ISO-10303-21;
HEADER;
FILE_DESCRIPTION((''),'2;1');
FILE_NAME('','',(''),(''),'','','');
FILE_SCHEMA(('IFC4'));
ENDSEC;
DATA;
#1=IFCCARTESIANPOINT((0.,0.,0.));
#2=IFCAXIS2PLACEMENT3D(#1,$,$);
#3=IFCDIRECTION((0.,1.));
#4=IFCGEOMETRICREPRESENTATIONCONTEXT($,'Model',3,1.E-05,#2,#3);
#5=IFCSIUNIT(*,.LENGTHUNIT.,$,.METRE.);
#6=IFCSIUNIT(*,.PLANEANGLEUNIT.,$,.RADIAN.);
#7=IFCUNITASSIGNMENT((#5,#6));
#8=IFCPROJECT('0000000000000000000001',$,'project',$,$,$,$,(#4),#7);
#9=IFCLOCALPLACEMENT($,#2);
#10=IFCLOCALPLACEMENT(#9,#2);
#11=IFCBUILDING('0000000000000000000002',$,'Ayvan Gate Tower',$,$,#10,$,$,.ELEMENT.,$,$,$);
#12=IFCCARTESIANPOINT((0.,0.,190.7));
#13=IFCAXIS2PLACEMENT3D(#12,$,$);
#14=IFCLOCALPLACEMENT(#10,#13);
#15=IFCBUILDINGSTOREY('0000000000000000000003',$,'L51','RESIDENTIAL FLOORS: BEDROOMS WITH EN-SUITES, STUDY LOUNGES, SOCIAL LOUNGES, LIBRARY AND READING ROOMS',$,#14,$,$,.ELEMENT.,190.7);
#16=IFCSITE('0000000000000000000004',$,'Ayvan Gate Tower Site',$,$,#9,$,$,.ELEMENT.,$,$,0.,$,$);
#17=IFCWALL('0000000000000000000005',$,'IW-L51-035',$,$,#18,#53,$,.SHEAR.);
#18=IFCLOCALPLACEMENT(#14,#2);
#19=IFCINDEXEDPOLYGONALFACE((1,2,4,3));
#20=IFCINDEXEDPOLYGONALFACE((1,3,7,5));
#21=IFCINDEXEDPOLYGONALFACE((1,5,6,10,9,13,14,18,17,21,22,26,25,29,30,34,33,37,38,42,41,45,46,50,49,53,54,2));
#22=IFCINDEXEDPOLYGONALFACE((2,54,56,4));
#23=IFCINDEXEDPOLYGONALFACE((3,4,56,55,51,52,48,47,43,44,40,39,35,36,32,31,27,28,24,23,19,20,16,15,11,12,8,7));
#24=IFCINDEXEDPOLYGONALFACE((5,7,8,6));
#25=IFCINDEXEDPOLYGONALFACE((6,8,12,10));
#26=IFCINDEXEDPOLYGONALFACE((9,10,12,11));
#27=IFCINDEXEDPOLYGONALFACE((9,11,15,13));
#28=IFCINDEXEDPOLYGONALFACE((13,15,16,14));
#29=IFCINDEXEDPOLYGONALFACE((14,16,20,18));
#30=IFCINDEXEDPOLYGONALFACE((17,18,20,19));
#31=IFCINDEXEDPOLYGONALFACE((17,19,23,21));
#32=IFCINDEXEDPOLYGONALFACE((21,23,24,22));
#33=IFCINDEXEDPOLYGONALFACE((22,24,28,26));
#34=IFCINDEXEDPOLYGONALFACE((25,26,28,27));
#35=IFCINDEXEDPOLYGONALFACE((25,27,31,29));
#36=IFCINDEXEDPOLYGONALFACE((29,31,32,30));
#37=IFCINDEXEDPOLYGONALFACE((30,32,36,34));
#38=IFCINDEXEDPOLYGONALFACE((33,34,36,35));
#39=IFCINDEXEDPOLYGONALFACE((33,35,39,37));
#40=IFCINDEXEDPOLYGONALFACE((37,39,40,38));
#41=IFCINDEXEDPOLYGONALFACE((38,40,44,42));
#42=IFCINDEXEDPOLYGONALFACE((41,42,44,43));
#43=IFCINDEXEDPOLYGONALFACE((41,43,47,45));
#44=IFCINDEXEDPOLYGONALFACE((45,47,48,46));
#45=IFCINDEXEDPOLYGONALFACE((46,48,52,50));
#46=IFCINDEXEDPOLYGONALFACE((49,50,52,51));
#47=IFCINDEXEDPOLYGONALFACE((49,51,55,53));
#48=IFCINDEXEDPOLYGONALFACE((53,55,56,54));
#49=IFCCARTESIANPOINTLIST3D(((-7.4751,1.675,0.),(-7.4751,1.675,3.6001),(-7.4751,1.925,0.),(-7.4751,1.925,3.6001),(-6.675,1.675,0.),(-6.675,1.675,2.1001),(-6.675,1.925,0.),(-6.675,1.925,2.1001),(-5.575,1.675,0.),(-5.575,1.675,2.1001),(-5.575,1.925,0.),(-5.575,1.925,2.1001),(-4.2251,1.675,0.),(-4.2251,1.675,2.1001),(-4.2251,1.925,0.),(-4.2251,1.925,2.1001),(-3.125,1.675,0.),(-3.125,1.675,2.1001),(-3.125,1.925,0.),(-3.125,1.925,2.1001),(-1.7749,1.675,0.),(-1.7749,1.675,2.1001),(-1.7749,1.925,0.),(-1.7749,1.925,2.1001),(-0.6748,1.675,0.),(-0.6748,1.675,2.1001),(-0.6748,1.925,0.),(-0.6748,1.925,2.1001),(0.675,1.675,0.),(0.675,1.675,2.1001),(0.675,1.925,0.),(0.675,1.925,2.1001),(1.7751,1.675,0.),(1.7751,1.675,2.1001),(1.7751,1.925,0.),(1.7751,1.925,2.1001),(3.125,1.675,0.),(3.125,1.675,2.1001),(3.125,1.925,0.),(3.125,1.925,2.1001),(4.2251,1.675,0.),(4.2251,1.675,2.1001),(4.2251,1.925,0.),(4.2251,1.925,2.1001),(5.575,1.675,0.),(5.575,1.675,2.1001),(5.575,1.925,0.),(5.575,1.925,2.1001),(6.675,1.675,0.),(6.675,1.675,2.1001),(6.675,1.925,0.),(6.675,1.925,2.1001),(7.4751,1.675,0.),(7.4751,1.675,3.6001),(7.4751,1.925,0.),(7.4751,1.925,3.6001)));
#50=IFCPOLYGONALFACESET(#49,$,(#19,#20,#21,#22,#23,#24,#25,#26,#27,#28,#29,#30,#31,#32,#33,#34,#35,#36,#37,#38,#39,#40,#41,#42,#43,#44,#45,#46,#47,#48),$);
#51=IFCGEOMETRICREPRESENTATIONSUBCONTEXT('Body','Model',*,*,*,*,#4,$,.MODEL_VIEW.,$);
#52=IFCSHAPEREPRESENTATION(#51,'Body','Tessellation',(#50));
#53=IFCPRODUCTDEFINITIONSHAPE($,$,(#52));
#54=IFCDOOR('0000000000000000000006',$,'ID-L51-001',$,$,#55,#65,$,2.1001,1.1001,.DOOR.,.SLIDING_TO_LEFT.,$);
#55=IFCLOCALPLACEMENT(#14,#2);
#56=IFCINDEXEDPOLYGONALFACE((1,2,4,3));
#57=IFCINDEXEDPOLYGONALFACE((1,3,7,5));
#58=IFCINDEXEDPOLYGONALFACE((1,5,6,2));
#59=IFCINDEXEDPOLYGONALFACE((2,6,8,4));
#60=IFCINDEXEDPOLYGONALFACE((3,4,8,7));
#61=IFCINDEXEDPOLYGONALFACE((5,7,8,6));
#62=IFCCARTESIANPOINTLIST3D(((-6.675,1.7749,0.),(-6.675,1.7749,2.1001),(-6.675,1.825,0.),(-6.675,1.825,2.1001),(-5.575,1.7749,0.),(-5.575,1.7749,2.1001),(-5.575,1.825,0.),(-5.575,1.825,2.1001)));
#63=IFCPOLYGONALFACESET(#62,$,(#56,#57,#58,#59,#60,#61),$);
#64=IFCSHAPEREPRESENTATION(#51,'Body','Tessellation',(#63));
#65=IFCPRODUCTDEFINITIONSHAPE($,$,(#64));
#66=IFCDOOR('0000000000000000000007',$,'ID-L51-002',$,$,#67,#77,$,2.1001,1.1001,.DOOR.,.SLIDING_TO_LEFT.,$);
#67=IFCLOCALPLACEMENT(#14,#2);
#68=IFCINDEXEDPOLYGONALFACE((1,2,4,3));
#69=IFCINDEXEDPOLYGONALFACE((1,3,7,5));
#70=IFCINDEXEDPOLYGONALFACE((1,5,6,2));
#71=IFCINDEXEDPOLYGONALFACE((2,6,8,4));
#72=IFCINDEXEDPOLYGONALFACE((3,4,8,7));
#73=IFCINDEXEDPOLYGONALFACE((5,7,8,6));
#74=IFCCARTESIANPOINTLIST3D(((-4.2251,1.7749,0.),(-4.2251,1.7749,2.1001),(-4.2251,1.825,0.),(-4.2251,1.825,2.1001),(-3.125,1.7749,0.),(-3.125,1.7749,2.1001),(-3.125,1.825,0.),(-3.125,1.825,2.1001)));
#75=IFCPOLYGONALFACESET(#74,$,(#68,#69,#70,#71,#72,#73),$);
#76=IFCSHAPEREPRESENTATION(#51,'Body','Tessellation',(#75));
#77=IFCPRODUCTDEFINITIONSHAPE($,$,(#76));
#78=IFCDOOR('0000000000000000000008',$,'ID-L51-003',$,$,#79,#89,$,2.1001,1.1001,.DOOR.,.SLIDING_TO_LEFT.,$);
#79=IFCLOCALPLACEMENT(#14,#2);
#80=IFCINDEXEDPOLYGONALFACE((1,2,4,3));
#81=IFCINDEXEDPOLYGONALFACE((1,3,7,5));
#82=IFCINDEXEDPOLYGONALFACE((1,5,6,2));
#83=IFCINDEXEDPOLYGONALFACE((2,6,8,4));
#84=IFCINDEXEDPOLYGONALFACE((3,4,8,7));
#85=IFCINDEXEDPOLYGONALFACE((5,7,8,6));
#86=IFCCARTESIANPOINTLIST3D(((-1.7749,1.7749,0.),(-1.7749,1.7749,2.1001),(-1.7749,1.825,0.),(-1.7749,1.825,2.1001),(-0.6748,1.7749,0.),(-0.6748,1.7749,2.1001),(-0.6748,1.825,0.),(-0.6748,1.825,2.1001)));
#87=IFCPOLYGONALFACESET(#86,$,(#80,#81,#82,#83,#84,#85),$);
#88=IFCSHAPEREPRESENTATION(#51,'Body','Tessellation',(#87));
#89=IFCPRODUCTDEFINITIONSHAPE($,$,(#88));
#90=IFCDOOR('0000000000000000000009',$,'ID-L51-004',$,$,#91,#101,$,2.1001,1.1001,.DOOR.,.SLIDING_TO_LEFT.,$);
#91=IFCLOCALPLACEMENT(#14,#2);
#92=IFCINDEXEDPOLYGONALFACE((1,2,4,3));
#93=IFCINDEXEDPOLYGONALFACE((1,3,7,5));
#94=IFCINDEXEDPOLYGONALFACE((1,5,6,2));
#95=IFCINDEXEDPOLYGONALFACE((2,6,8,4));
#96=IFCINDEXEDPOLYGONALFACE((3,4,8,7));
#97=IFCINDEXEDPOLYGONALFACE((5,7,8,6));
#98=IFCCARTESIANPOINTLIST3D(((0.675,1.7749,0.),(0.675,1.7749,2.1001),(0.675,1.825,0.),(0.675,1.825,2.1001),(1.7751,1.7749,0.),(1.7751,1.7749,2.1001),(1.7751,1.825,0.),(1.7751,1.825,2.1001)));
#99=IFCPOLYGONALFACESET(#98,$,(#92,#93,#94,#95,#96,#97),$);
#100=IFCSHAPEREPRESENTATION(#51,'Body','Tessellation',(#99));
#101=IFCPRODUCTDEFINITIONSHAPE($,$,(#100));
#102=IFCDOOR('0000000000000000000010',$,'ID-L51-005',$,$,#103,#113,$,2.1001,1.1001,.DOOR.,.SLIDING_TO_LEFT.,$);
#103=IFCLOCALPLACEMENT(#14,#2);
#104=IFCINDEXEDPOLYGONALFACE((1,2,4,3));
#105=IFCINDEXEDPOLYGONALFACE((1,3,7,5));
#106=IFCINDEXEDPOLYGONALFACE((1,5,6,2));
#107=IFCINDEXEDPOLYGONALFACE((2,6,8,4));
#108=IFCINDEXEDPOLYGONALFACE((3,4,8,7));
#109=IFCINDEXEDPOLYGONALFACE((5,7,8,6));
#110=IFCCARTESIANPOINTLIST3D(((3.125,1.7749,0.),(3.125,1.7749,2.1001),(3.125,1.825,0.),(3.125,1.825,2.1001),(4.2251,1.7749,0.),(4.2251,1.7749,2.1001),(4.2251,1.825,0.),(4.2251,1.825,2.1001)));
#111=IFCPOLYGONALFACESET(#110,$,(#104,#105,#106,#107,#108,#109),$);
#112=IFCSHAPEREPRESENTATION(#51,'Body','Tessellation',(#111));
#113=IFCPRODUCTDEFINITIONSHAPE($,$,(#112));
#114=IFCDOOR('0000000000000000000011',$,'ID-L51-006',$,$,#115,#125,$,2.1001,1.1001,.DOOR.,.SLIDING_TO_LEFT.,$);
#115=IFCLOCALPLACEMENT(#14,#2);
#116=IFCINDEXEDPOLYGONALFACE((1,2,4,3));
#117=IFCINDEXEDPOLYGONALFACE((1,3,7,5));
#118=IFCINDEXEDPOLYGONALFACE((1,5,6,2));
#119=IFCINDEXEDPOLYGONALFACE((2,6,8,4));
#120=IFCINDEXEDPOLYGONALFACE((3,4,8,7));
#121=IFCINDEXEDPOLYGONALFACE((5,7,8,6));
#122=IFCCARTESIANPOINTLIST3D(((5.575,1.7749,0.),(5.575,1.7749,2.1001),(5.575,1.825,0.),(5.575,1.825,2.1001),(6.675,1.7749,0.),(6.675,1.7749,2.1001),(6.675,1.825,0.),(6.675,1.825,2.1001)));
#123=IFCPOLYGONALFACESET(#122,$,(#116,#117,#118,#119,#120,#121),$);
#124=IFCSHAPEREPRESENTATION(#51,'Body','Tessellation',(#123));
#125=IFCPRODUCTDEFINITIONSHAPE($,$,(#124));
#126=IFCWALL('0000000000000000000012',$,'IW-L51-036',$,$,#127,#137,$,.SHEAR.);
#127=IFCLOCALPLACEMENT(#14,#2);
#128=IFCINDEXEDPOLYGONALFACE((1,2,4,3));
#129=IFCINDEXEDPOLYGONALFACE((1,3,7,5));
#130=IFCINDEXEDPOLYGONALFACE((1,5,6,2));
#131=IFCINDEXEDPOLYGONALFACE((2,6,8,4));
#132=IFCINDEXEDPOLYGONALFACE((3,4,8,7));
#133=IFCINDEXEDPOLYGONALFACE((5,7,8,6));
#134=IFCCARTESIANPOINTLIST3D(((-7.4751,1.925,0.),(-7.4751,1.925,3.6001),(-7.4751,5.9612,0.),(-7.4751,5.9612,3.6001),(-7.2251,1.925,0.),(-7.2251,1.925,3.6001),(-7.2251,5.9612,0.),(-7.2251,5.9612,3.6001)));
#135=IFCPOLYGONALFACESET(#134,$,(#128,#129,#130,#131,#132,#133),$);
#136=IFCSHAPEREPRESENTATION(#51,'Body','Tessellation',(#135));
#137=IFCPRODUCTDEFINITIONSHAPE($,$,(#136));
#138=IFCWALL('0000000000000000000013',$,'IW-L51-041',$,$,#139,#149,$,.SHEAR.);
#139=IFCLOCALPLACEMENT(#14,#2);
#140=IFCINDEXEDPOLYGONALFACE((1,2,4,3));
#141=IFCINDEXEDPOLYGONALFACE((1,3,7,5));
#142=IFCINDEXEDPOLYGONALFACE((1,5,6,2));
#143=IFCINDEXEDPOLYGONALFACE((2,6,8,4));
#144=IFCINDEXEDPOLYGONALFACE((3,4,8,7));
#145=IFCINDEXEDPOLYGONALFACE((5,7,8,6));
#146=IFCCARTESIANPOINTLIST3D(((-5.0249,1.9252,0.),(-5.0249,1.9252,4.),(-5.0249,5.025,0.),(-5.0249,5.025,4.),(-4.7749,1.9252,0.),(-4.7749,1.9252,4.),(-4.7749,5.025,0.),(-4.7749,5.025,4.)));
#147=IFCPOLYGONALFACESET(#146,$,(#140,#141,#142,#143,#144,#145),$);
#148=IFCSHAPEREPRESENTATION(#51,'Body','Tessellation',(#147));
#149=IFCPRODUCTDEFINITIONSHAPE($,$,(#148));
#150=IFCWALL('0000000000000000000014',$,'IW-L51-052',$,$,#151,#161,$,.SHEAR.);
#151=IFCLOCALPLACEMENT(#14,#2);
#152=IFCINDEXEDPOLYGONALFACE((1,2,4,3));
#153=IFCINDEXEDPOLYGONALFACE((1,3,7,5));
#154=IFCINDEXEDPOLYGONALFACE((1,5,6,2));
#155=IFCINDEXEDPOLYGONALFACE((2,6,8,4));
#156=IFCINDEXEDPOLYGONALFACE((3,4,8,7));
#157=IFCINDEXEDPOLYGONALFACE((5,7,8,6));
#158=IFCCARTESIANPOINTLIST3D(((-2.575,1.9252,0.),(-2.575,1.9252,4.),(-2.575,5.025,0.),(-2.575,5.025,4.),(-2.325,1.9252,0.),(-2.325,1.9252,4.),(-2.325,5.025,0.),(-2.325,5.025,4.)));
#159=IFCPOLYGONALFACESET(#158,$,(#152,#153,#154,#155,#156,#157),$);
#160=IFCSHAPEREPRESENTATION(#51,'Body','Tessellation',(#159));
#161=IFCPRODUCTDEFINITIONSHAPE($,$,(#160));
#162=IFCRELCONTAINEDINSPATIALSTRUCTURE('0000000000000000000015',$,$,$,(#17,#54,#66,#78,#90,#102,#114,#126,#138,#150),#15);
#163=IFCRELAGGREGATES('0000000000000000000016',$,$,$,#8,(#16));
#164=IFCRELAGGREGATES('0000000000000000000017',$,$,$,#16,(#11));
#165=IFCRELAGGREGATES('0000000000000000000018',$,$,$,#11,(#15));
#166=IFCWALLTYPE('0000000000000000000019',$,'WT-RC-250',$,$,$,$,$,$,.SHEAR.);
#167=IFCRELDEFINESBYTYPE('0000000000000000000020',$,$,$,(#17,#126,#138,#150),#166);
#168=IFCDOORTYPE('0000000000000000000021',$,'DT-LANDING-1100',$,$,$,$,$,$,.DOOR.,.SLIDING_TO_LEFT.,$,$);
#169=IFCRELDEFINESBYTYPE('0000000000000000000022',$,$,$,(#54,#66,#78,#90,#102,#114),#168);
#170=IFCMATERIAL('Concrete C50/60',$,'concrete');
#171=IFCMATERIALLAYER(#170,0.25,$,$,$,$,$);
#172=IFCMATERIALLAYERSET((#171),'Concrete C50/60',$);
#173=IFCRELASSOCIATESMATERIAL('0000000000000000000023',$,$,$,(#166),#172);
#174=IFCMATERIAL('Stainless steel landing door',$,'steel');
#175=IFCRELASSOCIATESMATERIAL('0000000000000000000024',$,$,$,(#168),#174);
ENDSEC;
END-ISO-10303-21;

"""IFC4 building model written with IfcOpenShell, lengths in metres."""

from ifc_helpers import new_model, si_unit, direction, frame, frame_2d, origin, place, context, subcontext, project, spatial, rectangle, extrude, material, layer, layer_set, type_object, element, fill, save


model = new_model("IFC4")

# Units and contexts
model_context = context("Model", 3, precision=1e-05, world=origin(), true_north=direction((0.0, 1.0)))
body_context = subcontext(model_context, "Body", "Model", "MODEL_VIEW")
ifc_project = project(units=[si_unit("LENGTHUNIT", "METRE"), si_unit("PLANEANGLEUNIT", "RADIAN")], contexts=[model_context])

# Site, building, storey
site_placement = place(None, origin())
site = spatial("IfcSite", under=ifc_project, at=site_placement, Name="Ayvan Gate Tower Site", CompositionType="ELEMENT", RefElevation=0.0)
building_placement = place(site_placement, origin())
building = spatial("IfcBuilding", under=site, at=building_placement, Name="Ayvan Gate Tower", CompositionType="ELEMENT")
storey_placement = place(building_placement, frame((0.0, 0.0, 190.7)))
storey = spatial("IfcBuildingStorey", under=building, at=storey_placement, Name="L51", Description="RESIDENTIAL FLOORS: BEDROOMS WITH EN-SUITES, STUDY LOUNGES, SOCIAL LOUNGES, LIBRARY AND READING ROOMS", CompositionType="ELEMENT", Elevation=190.7)

# Wall, openings, doors
ifc_material_1 = material(Name="Concrete C50/60", Category="concrete")
ifc_layer_1 = layer(ifc_material_1, 0.25)
ifc_layer_set_1 = layer_set([ifc_layer_1], Name="Concrete C50/60")
wall_type_1 = type_object("IfcWallType", Name="WT-RC-250", PredefinedType="SHEAR", material=ifc_layer_set_1)
wall_1_placement = place(storey_placement, frame((-7.4751, 1.8, 0.0), z_axis=(0.0, 0.0, 1.0), x_axis=(1.0, 0.0, 0.0)))
wall_1 = element("IfcWall", 1, at=wall_1_placement, inside=storey, type_object=wall_type_1, Name="IW-L51-035", PredefinedType="SHEAR", context=body_context, shape_type="SweptSolid", body=[
    extrude(rectangle(XDim=14.9502, YDim=0.25, at=frame_2d((7.4751, 0.0))), origin(), (0.0, 0.0, 1.0), 3.6001),
])
opening_1_placement = place(wall_1_placement, frame((0.8, 0.0, 0.0)))
opening_1 = element("IfcOpeningElement", 2, at=opening_1_placement, cuts=wall_1, PredefinedType="OPENING", context=body_context, shape_type="SweptSolid", body=[
    extrude(rectangle(XDim=1.1001, YDim=2.1001, at=frame_2d((0.55, 1.05))), frame((0.0, 0.135, 0.0), z_axis=(0.0, -1.0, 0.0), x_axis=(1.0, 0.0, 0.0)), (0.0, 0.0, 1.0), 0.27),
])
opening_2_placement = place(wall_1_placement, frame((3.25, 0.0, 0.0)))
opening_2 = element("IfcOpeningElement", 3, at=opening_2_placement, cuts=wall_1, PredefinedType="OPENING", context=body_context, shape_type="SweptSolid", body=[
    extrude(rectangle(XDim=1.1001, YDim=2.1001, at=frame_2d((0.55, 1.05))), frame((0.0, 0.135, 0.0), z_axis=(0.0, -1.0, 0.0), x_axis=(1.0, 0.0, 0.0)), (0.0, 0.0, 1.0), 0.27),
])
opening_3_placement = place(wall_1_placement, frame((5.7002, 0.0, 0.0)))
opening_3 = element("IfcOpeningElement", 4, at=opening_3_placement, cuts=wall_1, PredefinedType="OPENING", context=body_context, shape_type="SweptSolid", body=[
    extrude(rectangle(XDim=1.1001, YDim=2.1001, at=frame_2d((0.55, 1.05))), frame((0.0, 0.135, 0.0), z_axis=(0.0, -1.0, 0.0), x_axis=(1.0, 0.0, 0.0)), (0.0, 0.0, 1.0), 0.27),
])
opening_4_placement = place(wall_1_placement, frame((8.1501, 0.0, 0.0)))
opening_4 = element("IfcOpeningElement", 5, at=opening_4_placement, cuts=wall_1, PredefinedType="OPENING", context=body_context, shape_type="SweptSolid", body=[
    extrude(rectangle(XDim=1.1001, YDim=2.1001, at=frame_2d((0.55, 1.05))), frame((0.0, 0.135, 0.0), z_axis=(0.0, -1.0, 0.0), x_axis=(1.0, 0.0, 0.0)), (0.0, 0.0, 1.0), 0.27),
])
opening_5_placement = place(wall_1_placement, frame((10.6001, 0.0, 0.0)))
opening_5 = element("IfcOpeningElement", 6, at=opening_5_placement, cuts=wall_1, PredefinedType="OPENING", context=body_context, shape_type="SweptSolid", body=[
    extrude(rectangle(XDim=1.1001, YDim=2.1001, at=frame_2d((0.55, 1.05))), frame((0.0, 0.135, 0.0), z_axis=(0.0, -1.0, 0.0), x_axis=(1.0, 0.0, 0.0)), (0.0, 0.0, 1.0), 0.27),
])
opening_6_placement = place(wall_1_placement, frame((13.05, 0.0, 0.0)))
opening_6 = element("IfcOpeningElement", 7, at=opening_6_placement, cuts=wall_1, PredefinedType="OPENING", context=body_context, shape_type="SweptSolid", body=[
    extrude(rectangle(XDim=1.1001, YDim=2.1001, at=frame_2d((0.55, 1.05))), frame((0.0, 0.135, 0.0), z_axis=(0.0, -1.0, 0.0), x_axis=(1.0, 0.0, 0.0)), (0.0, 0.0, 1.0), 0.27),
])
ifc_material_2 = material(Name="Stainless steel landing door", Category="steel")
door_type_1 = type_object("IfcDoorType", Name="DT-LANDING-1100", OperationType="SLIDING_TO_LEFT", PredefinedType="DOOR", material=ifc_material_2)
door_1_placement = place(opening_1_placement, origin())
door_1 = element("IfcDoor", 8, at=door_1_placement, inside=storey, type_object=door_type_1, Name="ID-L51-001", OperationType="SLIDING_TO_LEFT", OverallHeight=2.1001, OverallWidth=1.1001, PredefinedType="DOOR", context=body_context, shape_type="SweptSolid", body=[
    extrude(rectangle(XDim=1.1001, YDim=2.1001, at=frame_2d((0.55, 1.05))), frame((0.0, 0.0249, 0.0), z_axis=(0.0, -1.0, 0.0), x_axis=(1.0, 0.0, 0.0)), (0.0, 0.0, 1.0), 0.05),
])
fill(opening_1, door_1)
door_2_placement = place(opening_2_placement, origin())
door_2 = element("IfcDoor", 9, at=door_2_placement, inside=storey, type_object=door_type_1, Name="ID-L51-002", OperationType="SLIDING_TO_LEFT", OverallHeight=2.1001, OverallWidth=1.1001, PredefinedType="DOOR", context=body_context, shape_type="SweptSolid", body=[
    extrude(rectangle(XDim=1.1001, YDim=2.1001, at=frame_2d((0.55, 1.05))), frame((0.0, 0.0249, 0.0), z_axis=(0.0, -1.0, 0.0), x_axis=(1.0, 0.0, 0.0)), (0.0, 0.0, 1.0), 0.05),
])
fill(opening_2, door_2)
door_3_placement = place(opening_3_placement, origin())
door_3 = element("IfcDoor", 10, at=door_3_placement, inside=storey, type_object=door_type_1, Name="ID-L51-003", OperationType="SLIDING_TO_LEFT", OverallHeight=2.1001, OverallWidth=1.1001, PredefinedType="DOOR", context=body_context, shape_type="SweptSolid", body=[
    extrude(rectangle(XDim=1.1001, YDim=2.1001, at=frame_2d((0.55, 1.05))), frame((0.0, 0.0249, 0.0), z_axis=(0.0, -1.0, 0.0), x_axis=(1.0, 0.0, 0.0)), (0.0, 0.0, 1.0), 0.05),
])
fill(opening_3, door_3)
door_4_placement = place(opening_4_placement, origin())
door_4 = element("IfcDoor", 11, at=door_4_placement, inside=storey, type_object=door_type_1, Name="ID-L51-004", OperationType="SLIDING_TO_LEFT", OverallHeight=2.1001, OverallWidth=1.1001, PredefinedType="DOOR", context=body_context, shape_type="SweptSolid", body=[
    extrude(rectangle(XDim=1.1001, YDim=2.1001, at=frame_2d((0.55, 1.05))), frame((0.0, 0.0249, 0.0), z_axis=(0.0, -1.0, 0.0), x_axis=(1.0, 0.0, 0.0)), (0.0, 0.0, 1.0), 0.05),
])
fill(opening_4, door_4)
door_5_placement = place(opening_5_placement, origin())
door_5 = element("IfcDoor", 12, at=door_5_placement, inside=storey, type_object=door_type_1, Name="ID-L51-005", OperationType="SLIDING_TO_LEFT", OverallHeight=2.1001, OverallWidth=1.1001, PredefinedType="DOOR", context=body_context, shape_type="SweptSolid", body=[
    extrude(rectangle(XDim=1.1001, YDim=2.1001, at=frame_2d((0.55, 1.05))), frame((0.0, 0.0249, 0.0), z_axis=(0.0, -1.0, 0.0), x_axis=(1.0, 0.0, 0.0)), (0.0, 0.0, 1.0), 0.05),
])
fill(opening_5, door_5)
door_6_placement = place(opening_6_placement, origin())
door_6 = element("IfcDoor", 13, at=door_6_placement, inside=storey, type_object=door_type_1, Name="ID-L51-006", OperationType="SLIDING_TO_LEFT", OverallHeight=2.1001, OverallWidth=1.1001, PredefinedType="DOOR", context=body_context, shape_type="SweptSolid", body=[
    extrude(rectangle(XDim=1.1001, YDim=2.1001, at=frame_2d((0.55, 1.05))), frame((0.0, 0.0249, 0.0), z_axis=(0.0, -1.0, 0.0), x_axis=(1.0, 0.0, 0.0)), (0.0, 0.0, 1.0), 0.05),
])
fill(opening_6, door_6)

# Walls
wall_2_placement = place(storey_placement, frame((-7.3501, 1.925, 0.0), z_axis=(0.0, 0.0, 1.0), x_axis=(0.0, 1.0, 0.0)))
element("IfcWall", 14, at=wall_2_placement, inside=storey, type_object=wall_type_1, Name="IW-L51-036", PredefinedType="SHEAR", context=body_context, shape_type="SweptSolid", body=[
    extrude(rectangle(XDim=4.0361, YDim=0.25, at=frame_2d((2.0181, 0.0))), origin(), (0.0, 0.0, 1.0), 3.6001),
])
for number, where, z_axis, x_axis, name in (
    (15, (-4.8999, 5.0249, 0.0), (0.0, 0.0, 1.0), (0.0, -1.0, 0.0), "IW-L51-041"),
    (16, (-2.45, 5.0249, 0.0), (0.0, 0.0, 1.0), (0.0, -1.0, 0.0), "IW-L51-052"),
):
    element("IfcWall", number, at=place(storey_placement, frame(where, z_axis=z_axis, x_axis=x_axis)), inside=storey, type_object=wall_type_1, Name=name, PredefinedType="SHEAR", context=body_context, shape_type="SweptSolid", body=[
        extrude(rectangle(XDim=3.0999, YDim=0.25, at=frame_2d((1.5498, 0.0))), origin(), (0.0, 0.0, 1.0), 4.0),
    ])

save(model, "model.ifc")
